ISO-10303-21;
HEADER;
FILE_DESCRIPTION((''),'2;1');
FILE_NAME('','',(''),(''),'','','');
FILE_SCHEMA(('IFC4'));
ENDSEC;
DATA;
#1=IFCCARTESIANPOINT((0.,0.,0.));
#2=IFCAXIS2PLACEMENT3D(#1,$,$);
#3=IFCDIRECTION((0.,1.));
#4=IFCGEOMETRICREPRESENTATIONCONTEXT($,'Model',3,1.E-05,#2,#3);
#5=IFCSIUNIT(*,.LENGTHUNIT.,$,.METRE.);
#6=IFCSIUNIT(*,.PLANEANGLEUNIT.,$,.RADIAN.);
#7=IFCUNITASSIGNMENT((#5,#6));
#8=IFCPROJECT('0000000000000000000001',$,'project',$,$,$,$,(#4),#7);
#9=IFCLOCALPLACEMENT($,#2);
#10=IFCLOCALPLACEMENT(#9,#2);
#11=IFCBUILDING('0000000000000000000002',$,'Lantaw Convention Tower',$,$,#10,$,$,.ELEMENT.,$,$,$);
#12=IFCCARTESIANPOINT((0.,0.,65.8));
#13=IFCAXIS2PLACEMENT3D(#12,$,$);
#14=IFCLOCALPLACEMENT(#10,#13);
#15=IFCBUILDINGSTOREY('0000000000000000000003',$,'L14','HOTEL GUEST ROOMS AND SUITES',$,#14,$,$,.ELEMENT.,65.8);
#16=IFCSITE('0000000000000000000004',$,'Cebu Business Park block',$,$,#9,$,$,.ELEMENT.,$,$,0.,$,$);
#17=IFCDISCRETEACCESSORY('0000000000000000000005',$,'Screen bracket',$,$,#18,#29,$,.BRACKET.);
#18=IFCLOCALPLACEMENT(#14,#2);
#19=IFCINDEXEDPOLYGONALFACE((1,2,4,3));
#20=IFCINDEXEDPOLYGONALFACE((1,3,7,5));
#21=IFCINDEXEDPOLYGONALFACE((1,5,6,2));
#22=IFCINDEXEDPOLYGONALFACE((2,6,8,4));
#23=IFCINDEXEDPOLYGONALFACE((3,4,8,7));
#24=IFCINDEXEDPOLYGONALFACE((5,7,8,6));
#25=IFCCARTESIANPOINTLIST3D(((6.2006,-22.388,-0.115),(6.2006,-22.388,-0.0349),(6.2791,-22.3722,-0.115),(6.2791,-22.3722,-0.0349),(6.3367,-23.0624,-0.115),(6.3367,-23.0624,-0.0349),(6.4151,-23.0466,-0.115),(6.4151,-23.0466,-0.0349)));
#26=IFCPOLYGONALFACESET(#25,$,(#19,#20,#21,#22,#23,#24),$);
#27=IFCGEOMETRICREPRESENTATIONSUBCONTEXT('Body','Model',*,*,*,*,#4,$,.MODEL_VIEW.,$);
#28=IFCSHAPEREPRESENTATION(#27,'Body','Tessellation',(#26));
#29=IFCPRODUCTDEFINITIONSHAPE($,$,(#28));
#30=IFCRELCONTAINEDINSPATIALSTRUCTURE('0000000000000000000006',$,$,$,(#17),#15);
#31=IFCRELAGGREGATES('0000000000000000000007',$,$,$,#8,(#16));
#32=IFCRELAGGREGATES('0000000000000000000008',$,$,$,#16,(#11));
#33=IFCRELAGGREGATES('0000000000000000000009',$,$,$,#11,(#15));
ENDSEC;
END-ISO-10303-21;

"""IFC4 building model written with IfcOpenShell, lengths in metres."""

from ifc_helpers import new_model, si_unit, direction, frame, origin, origin_2d, place, context, subcontext, project, spatial, rectangle, extrude, element, save


model = new_model("IFC4")

# Units and contexts
model_context = context("Model", 3, precision=1e-05, world=origin(), true_north=direction((0.0, 1.0)))
body_context = subcontext(model_context, "Body", "Model", "MODEL_VIEW")
ifc_project = project(units=[si_unit("LENGTHUNIT", "METRE"), si_unit("PLANEANGLEUNIT", "RADIAN")], contexts=[model_context])

# Site, building, storey
site_placement = place(None, origin())
site = spatial("IfcSite", under=ifc_project, at=site_placement, Name="Cebu Business Park block", CompositionType="ELEMENT", RefElevation=0.0)
building_placement = place(site_placement, origin())
building = spatial("IfcBuilding", under=site, at=building_placement, Name="Lantaw Convention Tower", CompositionType="ELEMENT")
storey_placement = place(building_placement, frame((0.0, 0.0, 65.8)))
storey = spatial("IfcBuildingStorey", under=building, at=storey_placement, Name="L14", Description="HOTEL GUEST ROOMS AND SUITES", CompositionType="ELEMENT", Elevation=65.8)

# Discrete accessory
for number, where, z_axis, x_axis, name in (
    (1, (6.3079, -22.7173, -0.115), (0.0, 0.0, 1.0), (0.980245, 0.197789, 0.0), "Screen bracket"),
):
    element("IfcDiscreteAccessory", number, at=place(storey_placement, frame(where, z_axis=z_axis, x_axis=x_axis)), inside=storey, Name=name, PredefinedType="BRACKET", context=body_context, shape_type="SweptSolid", body=[
        extrude(rectangle(XDim=0.0801, YDim=0.688, at=origin_2d()), origin(), (0.0, 0.0, 1.0), 0.0801),
    ])

save(model, "model.ifc")
